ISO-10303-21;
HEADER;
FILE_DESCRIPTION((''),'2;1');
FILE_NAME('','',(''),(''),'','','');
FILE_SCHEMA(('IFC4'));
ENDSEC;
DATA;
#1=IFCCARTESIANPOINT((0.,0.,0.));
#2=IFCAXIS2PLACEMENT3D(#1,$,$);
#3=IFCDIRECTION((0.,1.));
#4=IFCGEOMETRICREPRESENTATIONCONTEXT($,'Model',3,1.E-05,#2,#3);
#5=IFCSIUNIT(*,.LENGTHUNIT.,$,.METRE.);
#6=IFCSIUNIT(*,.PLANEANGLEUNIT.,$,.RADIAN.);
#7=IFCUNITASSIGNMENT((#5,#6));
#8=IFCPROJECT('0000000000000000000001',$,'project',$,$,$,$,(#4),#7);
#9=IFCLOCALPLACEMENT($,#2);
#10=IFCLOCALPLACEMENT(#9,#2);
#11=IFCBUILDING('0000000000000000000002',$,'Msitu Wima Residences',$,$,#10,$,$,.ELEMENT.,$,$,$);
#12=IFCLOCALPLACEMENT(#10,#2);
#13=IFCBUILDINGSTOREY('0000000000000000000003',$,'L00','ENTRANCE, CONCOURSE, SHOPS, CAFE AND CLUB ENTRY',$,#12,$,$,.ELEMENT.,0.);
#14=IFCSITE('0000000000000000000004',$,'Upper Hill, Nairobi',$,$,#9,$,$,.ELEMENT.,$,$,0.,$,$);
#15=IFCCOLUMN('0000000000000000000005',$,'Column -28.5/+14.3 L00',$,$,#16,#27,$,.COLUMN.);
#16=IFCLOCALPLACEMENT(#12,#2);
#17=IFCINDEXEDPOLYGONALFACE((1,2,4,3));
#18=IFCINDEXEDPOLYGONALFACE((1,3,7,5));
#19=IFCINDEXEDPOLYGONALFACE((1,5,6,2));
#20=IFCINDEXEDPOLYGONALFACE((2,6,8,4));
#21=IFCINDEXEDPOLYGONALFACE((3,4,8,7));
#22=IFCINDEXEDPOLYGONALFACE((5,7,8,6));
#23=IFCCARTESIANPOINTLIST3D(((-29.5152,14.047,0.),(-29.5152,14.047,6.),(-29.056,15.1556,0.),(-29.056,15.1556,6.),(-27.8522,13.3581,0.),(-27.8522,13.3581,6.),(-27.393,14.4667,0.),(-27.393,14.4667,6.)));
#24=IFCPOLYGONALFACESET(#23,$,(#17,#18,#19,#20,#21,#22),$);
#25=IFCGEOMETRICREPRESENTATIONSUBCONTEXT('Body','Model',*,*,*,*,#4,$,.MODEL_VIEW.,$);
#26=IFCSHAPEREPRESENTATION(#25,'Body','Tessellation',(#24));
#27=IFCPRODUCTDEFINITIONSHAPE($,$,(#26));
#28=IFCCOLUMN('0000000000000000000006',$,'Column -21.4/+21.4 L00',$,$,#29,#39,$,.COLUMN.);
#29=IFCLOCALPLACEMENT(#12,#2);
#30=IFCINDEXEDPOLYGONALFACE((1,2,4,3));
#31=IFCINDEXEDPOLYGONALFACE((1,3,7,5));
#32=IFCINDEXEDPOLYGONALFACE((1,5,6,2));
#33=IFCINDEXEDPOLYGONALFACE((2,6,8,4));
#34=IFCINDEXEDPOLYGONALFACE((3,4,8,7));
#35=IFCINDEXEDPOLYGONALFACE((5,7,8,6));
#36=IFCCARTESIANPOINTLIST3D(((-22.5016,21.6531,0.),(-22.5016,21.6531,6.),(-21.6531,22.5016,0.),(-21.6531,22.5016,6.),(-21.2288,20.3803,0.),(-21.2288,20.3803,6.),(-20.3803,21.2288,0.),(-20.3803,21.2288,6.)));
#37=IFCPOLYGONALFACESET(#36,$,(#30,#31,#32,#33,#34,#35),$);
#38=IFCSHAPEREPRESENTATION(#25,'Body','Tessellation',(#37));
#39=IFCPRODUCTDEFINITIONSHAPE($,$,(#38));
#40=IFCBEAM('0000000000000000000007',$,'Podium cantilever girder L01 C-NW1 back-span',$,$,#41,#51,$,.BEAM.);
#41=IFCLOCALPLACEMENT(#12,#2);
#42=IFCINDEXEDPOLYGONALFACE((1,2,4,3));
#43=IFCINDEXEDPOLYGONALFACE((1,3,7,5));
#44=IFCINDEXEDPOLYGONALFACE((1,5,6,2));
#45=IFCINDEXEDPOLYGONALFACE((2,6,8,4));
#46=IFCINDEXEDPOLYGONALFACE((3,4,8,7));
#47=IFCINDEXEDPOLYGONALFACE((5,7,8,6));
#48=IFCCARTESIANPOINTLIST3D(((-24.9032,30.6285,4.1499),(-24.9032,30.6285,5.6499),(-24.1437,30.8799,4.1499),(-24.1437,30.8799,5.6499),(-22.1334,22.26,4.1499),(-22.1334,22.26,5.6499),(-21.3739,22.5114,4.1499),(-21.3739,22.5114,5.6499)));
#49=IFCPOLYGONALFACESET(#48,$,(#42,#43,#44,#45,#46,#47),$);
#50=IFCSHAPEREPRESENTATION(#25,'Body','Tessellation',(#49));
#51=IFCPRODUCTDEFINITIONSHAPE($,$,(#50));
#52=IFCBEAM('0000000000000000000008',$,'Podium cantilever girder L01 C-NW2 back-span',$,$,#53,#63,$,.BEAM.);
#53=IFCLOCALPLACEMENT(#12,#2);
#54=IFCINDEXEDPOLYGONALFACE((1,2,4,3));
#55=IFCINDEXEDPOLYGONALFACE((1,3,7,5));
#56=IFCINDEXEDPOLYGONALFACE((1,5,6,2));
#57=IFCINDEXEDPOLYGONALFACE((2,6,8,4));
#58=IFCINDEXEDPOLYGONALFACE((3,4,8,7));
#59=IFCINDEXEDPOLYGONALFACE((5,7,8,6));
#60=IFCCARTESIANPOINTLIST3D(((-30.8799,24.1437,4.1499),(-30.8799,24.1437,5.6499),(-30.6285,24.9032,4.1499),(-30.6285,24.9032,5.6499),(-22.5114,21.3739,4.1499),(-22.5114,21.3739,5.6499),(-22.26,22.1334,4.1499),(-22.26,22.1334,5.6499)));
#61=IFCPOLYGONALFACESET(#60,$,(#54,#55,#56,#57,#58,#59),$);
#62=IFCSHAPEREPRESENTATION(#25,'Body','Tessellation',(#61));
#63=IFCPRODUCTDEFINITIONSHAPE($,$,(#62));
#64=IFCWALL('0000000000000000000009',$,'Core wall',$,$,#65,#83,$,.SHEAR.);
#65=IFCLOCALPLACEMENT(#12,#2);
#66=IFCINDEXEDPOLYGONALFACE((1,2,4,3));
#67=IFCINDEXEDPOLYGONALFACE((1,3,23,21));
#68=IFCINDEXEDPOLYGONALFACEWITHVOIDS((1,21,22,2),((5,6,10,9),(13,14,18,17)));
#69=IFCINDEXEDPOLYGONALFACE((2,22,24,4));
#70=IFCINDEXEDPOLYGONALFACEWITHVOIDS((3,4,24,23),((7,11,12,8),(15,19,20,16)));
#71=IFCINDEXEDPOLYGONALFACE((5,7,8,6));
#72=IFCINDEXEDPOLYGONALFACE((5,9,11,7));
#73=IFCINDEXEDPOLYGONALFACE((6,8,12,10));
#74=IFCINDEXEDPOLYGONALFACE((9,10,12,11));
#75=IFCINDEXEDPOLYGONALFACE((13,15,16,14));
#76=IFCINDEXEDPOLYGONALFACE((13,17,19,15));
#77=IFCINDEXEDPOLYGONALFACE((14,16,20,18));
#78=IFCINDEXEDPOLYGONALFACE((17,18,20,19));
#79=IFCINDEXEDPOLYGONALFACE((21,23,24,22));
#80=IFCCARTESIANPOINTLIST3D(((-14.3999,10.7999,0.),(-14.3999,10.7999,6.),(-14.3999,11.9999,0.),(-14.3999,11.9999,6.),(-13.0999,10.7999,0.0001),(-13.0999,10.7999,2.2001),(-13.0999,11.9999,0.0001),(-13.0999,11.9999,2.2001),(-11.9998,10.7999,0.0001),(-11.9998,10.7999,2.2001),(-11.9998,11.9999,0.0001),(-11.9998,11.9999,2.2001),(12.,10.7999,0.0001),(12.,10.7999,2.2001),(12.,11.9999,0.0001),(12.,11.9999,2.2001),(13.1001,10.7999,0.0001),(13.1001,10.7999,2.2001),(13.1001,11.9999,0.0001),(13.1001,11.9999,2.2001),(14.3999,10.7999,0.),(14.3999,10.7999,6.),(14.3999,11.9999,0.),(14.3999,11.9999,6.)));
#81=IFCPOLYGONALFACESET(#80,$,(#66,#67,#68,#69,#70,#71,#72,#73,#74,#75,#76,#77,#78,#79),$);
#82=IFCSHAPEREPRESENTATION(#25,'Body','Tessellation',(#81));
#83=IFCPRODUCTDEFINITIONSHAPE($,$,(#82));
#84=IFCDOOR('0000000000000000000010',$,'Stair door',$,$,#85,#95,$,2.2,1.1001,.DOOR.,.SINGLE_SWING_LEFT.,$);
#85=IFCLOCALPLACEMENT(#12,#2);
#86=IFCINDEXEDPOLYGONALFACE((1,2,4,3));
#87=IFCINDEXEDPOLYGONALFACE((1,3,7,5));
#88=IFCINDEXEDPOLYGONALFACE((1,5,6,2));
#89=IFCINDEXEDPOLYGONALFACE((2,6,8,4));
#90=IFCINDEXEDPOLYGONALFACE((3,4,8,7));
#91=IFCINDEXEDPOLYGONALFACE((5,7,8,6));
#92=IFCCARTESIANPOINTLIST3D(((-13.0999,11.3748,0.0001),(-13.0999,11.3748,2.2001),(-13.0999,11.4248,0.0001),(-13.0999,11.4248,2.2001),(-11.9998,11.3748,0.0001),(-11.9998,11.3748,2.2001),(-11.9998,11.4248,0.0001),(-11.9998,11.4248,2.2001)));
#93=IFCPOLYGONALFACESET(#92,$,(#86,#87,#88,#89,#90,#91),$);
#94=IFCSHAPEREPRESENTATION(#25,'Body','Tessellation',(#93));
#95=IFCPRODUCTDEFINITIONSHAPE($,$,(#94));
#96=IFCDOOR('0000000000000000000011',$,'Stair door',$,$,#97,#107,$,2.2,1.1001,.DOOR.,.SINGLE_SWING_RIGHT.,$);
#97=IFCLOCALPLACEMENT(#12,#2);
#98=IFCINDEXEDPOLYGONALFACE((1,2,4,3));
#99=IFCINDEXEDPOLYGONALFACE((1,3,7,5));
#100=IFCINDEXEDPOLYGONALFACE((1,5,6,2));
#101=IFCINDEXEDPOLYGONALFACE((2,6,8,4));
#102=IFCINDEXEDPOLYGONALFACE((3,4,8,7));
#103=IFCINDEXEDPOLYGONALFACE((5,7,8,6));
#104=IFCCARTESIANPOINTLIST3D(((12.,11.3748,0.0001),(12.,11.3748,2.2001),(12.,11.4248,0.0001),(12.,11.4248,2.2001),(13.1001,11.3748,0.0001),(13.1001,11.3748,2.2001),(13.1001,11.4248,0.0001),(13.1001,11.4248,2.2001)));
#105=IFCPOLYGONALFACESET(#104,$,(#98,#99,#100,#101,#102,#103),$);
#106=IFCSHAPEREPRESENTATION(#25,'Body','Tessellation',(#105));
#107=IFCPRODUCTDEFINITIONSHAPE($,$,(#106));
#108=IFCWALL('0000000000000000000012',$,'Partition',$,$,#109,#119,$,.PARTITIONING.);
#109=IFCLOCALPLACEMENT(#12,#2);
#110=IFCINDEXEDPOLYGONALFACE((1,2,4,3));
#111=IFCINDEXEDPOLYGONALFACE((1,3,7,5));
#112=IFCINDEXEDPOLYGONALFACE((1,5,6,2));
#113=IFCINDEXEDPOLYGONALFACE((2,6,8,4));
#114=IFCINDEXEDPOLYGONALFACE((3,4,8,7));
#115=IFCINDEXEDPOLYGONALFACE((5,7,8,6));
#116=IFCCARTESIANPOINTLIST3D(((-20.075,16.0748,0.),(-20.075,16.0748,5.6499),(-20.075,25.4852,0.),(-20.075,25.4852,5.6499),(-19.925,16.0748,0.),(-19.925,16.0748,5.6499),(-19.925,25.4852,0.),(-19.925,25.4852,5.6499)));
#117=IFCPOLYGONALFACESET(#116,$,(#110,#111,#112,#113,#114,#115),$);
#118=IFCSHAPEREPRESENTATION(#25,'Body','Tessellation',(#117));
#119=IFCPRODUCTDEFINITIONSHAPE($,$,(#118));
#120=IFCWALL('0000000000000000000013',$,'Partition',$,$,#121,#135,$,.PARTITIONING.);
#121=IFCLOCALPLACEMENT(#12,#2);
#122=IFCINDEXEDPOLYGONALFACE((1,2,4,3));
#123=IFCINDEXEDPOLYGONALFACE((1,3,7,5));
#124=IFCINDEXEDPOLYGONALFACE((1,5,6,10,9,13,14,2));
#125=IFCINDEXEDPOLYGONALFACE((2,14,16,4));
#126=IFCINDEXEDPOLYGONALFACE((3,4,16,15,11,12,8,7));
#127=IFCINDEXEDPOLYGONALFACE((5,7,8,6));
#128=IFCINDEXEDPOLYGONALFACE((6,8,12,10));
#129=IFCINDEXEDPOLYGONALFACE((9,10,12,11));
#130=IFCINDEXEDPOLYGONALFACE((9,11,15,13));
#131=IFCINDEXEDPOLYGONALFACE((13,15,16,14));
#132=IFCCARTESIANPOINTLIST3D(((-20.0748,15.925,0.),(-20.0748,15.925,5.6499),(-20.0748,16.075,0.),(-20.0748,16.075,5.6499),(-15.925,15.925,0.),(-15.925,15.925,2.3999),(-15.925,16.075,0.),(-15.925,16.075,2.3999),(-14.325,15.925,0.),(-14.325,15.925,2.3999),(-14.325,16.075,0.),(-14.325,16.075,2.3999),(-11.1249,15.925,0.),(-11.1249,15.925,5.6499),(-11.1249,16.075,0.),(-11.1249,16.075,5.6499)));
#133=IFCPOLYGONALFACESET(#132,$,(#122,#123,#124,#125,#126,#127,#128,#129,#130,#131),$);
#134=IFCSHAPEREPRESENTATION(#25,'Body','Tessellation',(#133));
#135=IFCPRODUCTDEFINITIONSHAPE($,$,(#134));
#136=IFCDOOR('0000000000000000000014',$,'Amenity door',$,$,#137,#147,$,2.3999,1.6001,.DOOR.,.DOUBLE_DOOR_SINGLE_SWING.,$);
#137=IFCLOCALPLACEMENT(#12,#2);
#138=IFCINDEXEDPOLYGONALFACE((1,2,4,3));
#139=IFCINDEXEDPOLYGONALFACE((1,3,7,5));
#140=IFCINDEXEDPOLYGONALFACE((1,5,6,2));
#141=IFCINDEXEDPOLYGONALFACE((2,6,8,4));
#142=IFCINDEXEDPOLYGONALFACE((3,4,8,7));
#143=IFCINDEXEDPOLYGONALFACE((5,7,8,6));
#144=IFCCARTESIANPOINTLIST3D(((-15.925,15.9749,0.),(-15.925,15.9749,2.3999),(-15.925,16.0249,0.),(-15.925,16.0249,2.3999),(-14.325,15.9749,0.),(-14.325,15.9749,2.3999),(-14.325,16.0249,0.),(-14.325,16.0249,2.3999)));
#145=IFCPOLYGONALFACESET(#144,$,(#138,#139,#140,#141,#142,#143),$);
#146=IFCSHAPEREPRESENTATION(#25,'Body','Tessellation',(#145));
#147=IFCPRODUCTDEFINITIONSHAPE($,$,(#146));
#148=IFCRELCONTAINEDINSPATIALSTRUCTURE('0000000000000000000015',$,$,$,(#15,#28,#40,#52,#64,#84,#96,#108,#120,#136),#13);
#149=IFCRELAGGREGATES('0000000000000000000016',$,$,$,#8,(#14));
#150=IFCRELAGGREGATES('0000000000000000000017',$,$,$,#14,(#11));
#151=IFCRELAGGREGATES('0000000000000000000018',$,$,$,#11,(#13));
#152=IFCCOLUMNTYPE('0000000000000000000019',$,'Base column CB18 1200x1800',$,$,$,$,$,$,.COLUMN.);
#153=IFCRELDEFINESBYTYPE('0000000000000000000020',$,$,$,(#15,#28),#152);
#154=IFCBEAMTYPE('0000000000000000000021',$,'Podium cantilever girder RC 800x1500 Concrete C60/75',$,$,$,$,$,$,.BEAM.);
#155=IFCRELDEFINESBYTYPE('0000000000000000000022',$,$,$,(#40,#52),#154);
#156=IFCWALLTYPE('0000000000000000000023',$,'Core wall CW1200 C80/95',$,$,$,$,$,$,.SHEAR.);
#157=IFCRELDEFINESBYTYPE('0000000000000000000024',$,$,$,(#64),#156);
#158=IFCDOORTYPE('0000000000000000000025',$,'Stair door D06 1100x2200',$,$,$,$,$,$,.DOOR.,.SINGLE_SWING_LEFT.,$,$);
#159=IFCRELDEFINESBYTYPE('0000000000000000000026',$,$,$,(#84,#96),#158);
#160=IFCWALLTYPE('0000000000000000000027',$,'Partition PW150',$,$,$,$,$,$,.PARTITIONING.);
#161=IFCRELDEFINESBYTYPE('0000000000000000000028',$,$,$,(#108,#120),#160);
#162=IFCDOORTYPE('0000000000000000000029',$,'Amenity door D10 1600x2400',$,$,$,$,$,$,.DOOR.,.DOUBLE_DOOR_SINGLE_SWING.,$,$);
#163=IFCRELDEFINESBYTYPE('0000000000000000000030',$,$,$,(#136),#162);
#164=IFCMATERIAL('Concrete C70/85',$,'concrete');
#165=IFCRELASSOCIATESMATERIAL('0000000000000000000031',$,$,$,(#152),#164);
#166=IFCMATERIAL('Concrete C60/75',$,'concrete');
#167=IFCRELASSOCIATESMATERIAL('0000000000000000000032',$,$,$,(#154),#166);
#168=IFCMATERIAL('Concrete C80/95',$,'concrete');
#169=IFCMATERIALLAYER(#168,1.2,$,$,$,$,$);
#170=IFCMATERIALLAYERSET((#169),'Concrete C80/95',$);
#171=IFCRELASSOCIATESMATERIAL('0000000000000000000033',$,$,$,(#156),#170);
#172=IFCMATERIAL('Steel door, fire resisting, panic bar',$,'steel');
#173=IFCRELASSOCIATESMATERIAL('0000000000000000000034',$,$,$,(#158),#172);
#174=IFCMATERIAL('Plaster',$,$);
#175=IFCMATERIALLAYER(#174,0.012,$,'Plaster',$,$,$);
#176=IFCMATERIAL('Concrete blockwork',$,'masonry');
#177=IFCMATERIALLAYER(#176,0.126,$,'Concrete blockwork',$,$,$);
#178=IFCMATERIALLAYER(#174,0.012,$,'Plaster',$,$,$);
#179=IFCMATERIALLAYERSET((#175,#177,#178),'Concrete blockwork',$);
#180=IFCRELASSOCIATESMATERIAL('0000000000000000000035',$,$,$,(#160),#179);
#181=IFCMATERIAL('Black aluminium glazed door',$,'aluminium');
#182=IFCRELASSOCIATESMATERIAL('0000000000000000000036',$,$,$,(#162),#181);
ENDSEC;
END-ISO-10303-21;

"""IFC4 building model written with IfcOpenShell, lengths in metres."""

from ifc_helpers import new_model, si_unit, direction, frame, frame_2d, origin, origin_2d, place, context, subcontext, project, spatial, rectangle, extrude, material, layer, layer_set, material_profile, profile_set, type_object, element, fill, save


model = new_model("IFC4")

# Units and contexts
model_context = context("Model", 3, precision=1e-05, world=origin(), true_north=direction((0.0, 1.0)))
body_context = subcontext(model_context, "Body", "Model", "MODEL_VIEW")
ifc_project = project(units=[si_unit("LENGTHUNIT", "METRE"), si_unit("PLANEANGLEUNIT", "RADIAN")], contexts=[model_context])

# Site, building, storey
site_placement = place(None, origin())
site = spatial("IfcSite", under=ifc_project, at=site_placement, Name="Upper Hill, Nairobi", CompositionType="ELEMENT", RefElevation=0.0)
building_placement = place(site_placement, origin())
building = spatial("IfcBuilding", under=site, at=building_placement, Name="Msitu Wima Residences", CompositionType="ELEMENT")
storey_placement = place(building_placement, origin())
storey = spatial("IfcBuildingStorey", under=building, at=storey_placement, Name="L00", Description="ENTRANCE, CONCOURSE, SHOPS, CAFE AND CLUB ENTRY", CompositionType="ELEMENT", Elevation=0.0)

# Columns
ifc_material_1 = material(Name="Concrete C70/85", Category="concrete")
ifc_material_profile_1 = material_profile(ifc_material_1, rectangle(XDim=1.2, YDim=1.8, at=origin_2d()), Name="RC 1200x1800")
ifc_profile_set_1 = profile_set([ifc_material_profile_1], Name="Concrete C70/85")
column_type = type_object("IfcColumnType", Name="Base column CB18 1200x1800", PredefinedType="COLUMN", material=ifc_profile_set_1)
for number, where, z_axis, x_axis, name in (
    (1, (-28.4541, 14.2568, 0.0), (0.0, 0.0, 1.0), (-0.382683, -0.92388, 0.0), "Column -28.5/+14.3 L00"),
    (2, (-21.4409, 21.4409, 0.0), (0.0, 0.0, 1.0), (-0.707107, -0.707107, 0.0), "Column -21.4/+21.4 L00"),
):
    element("IfcColumn", number, at=place(storey_placement, frame(where, z_axis=z_axis, x_axis=x_axis)), inside=storey, type_object=column_type, Name=name, PredefinedType="COLUMN", context=body_context, shape_type="SweptSolid", body=[
        extrude(rectangle(XDim=1.2, YDim=1.8, at=origin_2d()), origin(), (0.0, 0.0, 1.0), 6.0),
    ])

# Beams
ifc_material_2 = material(Name="Concrete C60/75", Category="concrete")
ifc_material_profile_2 = material_profile(ifc_material_2, rectangle(XDim=0.8, YDim=1.5, at=origin_2d()), Name="RC 800x1500")
ifc_profile_set_2 = profile_set([ifc_material_profile_2], Name="Concrete C60/75")
beam_type = type_object("IfcBeamType", Name="Podium cantilever girder RC 800x1500 Concrete C60/75", PredefinedType="BEAM", material=ifc_profile_set_2)
for number, where, z_axis, x_axis, name in (
    (3, (-21.7537, 22.3857, 4.8999), (-0.314216, 0.949351, 0.0), (-0.949351, -0.314216, 0.0), "Podium cantilever girder L01 C-NW1 back-span"),
    (4, (-22.3857, 21.7537, 4.8999), (-0.949351, 0.314216, 0.0), (-0.314216, -0.949351, 0.0), "Podium cantilever girder L01 C-NW2 back-span"),
):
    element("IfcBeam", number, at=place(storey_placement, frame(where, z_axis=z_axis, x_axis=x_axis)), inside=storey, type_object=beam_type, Name=name, PredefinedType="BEAM", context=body_context, shape_type="SweptSolid", body=[
        extrude(rectangle(XDim=0.8, YDim=1.5, at=origin_2d()), origin(), (0.0, 0.0, 1.0), 8.8149),
    ])

# Wall, openings, doors
ifc_material_3 = material(Name="Concrete C80/95", Category="concrete")
ifc_layer_1 = layer(ifc_material_3, 1.2)
ifc_layer_set_1 = layer_set([ifc_layer_1], Name="Concrete C80/95")
wall_type_1 = type_object("IfcWallType", Name="Core wall CW1200 C80/95", PredefinedType="SHEAR", material=ifc_layer_set_1)
wall_1_placement = place(storey_placement, frame((-14.3999, 11.3999, 0.0), z_axis=(0.0, 0.0, 1.0), x_axis=(1.0, 0.0, 0.0)))
wall_1 = element("IfcWall", 5, at=wall_1_placement, inside=storey, type_object=wall_type_1, Name="Core wall", PredefinedType="SHEAR", context=body_context, shape_type="SweptSolid", body=[
    extrude(rectangle(XDim=28.7998, YDim=1.2, at=frame_2d((14.3999, 0.0))), origin(), (0.0, 0.0, 1.0), 6.0),
])
opening_1_placement = place(wall_1_placement, frame((1.3, 0.0, 0.0)))
opening_1 = element("IfcOpeningElement", 6, at=opening_1_placement, cuts=wall_1, PredefinedType="OPENING", context=body_context, shape_type="SweptSolid", body=[
    extrude(rectangle(XDim=1.1001, YDim=2.2, at=frame_2d((0.55, 1.1001))), frame((0.0, 0.6099, 0.0), z_axis=(0.0, -1.0, 0.0), x_axis=(1.0, 0.0, 0.0)), (0.0, 0.0, 1.0), 1.22),
])
opening_2_placement = place(wall_1_placement, frame((26.3999, 0.0, 0.0)))
opening_2 = element("IfcOpeningElement", 7, at=opening_2_placement, cuts=wall_1, PredefinedType="OPENING", context=body_context, shape_type="SweptSolid", body=[
    extrude(rectangle(XDim=1.1001, YDim=2.2, at=frame_2d((0.55, 1.1001))), frame((0.0, 0.6099, 0.0), z_axis=(0.0, -1.0, 0.0), x_axis=(1.0, 0.0, 0.0)), (0.0, 0.0, 1.0), 1.22),
])
ifc_material_4 = material(Name="Steel door, fire resisting, panic bar", Category="steel")
door_type_1 = type_object("IfcDoorType", Name="Stair door D06 1100x2200", OperationType="SINGLE_SWING_LEFT", PredefinedType="DOOR", material=ifc_material_4)
door_1_placement = place(opening_1_placement, origin())
door_1 = element("IfcDoor", 8, at=door_1_placement, inside=storey, type_object=door_type_1, Name="Stair door", OperationType="SINGLE_SWING_LEFT", OverallHeight=2.2, OverallWidth=1.1001, PredefinedType="DOOR", context=body_context, shape_type="SweptSolid", body=[
    extrude(rectangle(XDim=1.1001, YDim=2.2, at=frame_2d((0.55, 1.1001))), frame((0.0, 0.0249, 0.0), z_axis=(0.0, -1.0, 0.0), x_axis=(1.0, 0.0, 0.0)), (0.0, 0.0, 1.0), 0.05),
])
fill(opening_1, door_1)
door_2_placement = place(opening_2_placement, origin())
door_2 = element("IfcDoor", 9, at=door_2_placement, inside=storey, type_object=door_type_1, Name="Stair door", OperationType="SINGLE_SWING_RIGHT", OverallHeight=2.2, OverallWidth=1.1001, PredefinedType="DOOR", context=body_context, shape_type="SweptSolid", body=[
    extrude(rectangle(XDim=1.1001, YDim=2.2, at=frame_2d((0.55, 1.1001))), frame((0.0, 0.0249, 0.0), z_axis=(0.0, -1.0, 0.0), x_axis=(1.0, 0.0, 0.0)), (0.0, 0.0, 1.0), 0.05),
])
fill(opening_2, door_2)

# Wall
ifc_material_5 = material(Name="Plaster")
ifc_layer_2 = layer(ifc_material_5, 0.012, Name="Plaster")
ifc_material_6 = material(Name="Concrete blockwork", Category="masonry")
ifc_layer_3 = layer(ifc_material_6, 0.126, Name="Concrete blockwork")
ifc_layer_4 = layer(ifc_material_5, 0.012, Name="Plaster")
ifc_layer_set_2 = layer_set([ifc_layer_2, ifc_layer_3, ifc_layer_4], Name="Concrete blockwork")
wall_type_2 = type_object("IfcWallType", Name="Partition PW150", PredefinedType="PARTITIONING", material=ifc_layer_set_2)
wall_2_placement = place(storey_placement, frame((-20.0, 16.075, 0.0), z_axis=(0.0, 0.0, 1.0), x_axis=(0.0, 1.0, 0.0)))
element("IfcWall", 10, at=wall_2_placement, inside=storey, type_object=wall_type_2, Name="Partition", PredefinedType="PARTITIONING", context=body_context, shape_type="SweptSolid", body=[
    extrude(rectangle(XDim=9.4104, YDim=0.1499, at=frame_2d((4.7051, 0.0))), origin(), (0.0, 0.0, 1.0), 5.6499),
])

# Wall, opening, door
wall_3_placement = place(storey_placement, frame((-20.075, 16.0, 0.0), z_axis=(0.0, 0.0, 1.0), x_axis=(1.0, 0.0, 0.0)))
wall_3 = element("IfcWall", 11, at=wall_3_placement, inside=storey, type_object=wall_type_2, Name="Partition", PredefinedType="PARTITIONING", context=body_context, shape_type="SweptSolid", body=[
    extrude(rectangle(XDim=8.95, YDim=0.1499, at=frame_2d((4.4751, 0.0))), origin(), (0.0, 0.0, 1.0), 5.6499),
])
opening_3_placement = place(wall_3_placement, frame((4.1499, 0.0, 0.0)))
opening_3 = element("IfcOpeningElement", 12, at=opening_3_placement, cuts=wall_3, PredefinedType="OPENING", context=body_context, shape_type="SweptSolid", body=[
    extrude(rectangle(XDim=1.6001, YDim=2.3999, at=frame_2d((0.8, 1.2))), frame((0.0, 0.085, 0.0), z_axis=(0.0, -1.0, 0.0), x_axis=(1.0, 0.0, 0.0)), (0.0, 0.0, 1.0), 0.1699),
])
ifc_material_7 = material(Name="Black aluminium glazed door", Category="aluminium")
door_type_2 = type_object("IfcDoorType", Name="Amenity door D10 1600x2400", OperationType="DOUBLE_DOOR_SINGLE_SWING", PredefinedType="DOOR", material=ifc_material_7)
door_3_placement = place(opening_3_placement, origin())
door_3 = element("IfcDoor", 13, at=door_3_placement, inside=storey, type_object=door_type_2, Name="Amenity door", OperationType="DOUBLE_DOOR_SINGLE_SWING", OverallHeight=2.3999, OverallWidth=1.6001, PredefinedType="DOOR", context=body_context, shape_type="SweptSolid", body=[
    extrude(rectangle(XDim=1.6001, YDim=2.3999, at=frame_2d((0.8, 1.2))), frame((0.0, 0.0249, 0.0), z_axis=(0.0, -1.0, 0.0), x_axis=(1.0, 0.0, 0.0)), (0.0, 0.0, 1.0), 0.05),
])
fill(opening_3, door_3)

save(model, "model.ifc")
